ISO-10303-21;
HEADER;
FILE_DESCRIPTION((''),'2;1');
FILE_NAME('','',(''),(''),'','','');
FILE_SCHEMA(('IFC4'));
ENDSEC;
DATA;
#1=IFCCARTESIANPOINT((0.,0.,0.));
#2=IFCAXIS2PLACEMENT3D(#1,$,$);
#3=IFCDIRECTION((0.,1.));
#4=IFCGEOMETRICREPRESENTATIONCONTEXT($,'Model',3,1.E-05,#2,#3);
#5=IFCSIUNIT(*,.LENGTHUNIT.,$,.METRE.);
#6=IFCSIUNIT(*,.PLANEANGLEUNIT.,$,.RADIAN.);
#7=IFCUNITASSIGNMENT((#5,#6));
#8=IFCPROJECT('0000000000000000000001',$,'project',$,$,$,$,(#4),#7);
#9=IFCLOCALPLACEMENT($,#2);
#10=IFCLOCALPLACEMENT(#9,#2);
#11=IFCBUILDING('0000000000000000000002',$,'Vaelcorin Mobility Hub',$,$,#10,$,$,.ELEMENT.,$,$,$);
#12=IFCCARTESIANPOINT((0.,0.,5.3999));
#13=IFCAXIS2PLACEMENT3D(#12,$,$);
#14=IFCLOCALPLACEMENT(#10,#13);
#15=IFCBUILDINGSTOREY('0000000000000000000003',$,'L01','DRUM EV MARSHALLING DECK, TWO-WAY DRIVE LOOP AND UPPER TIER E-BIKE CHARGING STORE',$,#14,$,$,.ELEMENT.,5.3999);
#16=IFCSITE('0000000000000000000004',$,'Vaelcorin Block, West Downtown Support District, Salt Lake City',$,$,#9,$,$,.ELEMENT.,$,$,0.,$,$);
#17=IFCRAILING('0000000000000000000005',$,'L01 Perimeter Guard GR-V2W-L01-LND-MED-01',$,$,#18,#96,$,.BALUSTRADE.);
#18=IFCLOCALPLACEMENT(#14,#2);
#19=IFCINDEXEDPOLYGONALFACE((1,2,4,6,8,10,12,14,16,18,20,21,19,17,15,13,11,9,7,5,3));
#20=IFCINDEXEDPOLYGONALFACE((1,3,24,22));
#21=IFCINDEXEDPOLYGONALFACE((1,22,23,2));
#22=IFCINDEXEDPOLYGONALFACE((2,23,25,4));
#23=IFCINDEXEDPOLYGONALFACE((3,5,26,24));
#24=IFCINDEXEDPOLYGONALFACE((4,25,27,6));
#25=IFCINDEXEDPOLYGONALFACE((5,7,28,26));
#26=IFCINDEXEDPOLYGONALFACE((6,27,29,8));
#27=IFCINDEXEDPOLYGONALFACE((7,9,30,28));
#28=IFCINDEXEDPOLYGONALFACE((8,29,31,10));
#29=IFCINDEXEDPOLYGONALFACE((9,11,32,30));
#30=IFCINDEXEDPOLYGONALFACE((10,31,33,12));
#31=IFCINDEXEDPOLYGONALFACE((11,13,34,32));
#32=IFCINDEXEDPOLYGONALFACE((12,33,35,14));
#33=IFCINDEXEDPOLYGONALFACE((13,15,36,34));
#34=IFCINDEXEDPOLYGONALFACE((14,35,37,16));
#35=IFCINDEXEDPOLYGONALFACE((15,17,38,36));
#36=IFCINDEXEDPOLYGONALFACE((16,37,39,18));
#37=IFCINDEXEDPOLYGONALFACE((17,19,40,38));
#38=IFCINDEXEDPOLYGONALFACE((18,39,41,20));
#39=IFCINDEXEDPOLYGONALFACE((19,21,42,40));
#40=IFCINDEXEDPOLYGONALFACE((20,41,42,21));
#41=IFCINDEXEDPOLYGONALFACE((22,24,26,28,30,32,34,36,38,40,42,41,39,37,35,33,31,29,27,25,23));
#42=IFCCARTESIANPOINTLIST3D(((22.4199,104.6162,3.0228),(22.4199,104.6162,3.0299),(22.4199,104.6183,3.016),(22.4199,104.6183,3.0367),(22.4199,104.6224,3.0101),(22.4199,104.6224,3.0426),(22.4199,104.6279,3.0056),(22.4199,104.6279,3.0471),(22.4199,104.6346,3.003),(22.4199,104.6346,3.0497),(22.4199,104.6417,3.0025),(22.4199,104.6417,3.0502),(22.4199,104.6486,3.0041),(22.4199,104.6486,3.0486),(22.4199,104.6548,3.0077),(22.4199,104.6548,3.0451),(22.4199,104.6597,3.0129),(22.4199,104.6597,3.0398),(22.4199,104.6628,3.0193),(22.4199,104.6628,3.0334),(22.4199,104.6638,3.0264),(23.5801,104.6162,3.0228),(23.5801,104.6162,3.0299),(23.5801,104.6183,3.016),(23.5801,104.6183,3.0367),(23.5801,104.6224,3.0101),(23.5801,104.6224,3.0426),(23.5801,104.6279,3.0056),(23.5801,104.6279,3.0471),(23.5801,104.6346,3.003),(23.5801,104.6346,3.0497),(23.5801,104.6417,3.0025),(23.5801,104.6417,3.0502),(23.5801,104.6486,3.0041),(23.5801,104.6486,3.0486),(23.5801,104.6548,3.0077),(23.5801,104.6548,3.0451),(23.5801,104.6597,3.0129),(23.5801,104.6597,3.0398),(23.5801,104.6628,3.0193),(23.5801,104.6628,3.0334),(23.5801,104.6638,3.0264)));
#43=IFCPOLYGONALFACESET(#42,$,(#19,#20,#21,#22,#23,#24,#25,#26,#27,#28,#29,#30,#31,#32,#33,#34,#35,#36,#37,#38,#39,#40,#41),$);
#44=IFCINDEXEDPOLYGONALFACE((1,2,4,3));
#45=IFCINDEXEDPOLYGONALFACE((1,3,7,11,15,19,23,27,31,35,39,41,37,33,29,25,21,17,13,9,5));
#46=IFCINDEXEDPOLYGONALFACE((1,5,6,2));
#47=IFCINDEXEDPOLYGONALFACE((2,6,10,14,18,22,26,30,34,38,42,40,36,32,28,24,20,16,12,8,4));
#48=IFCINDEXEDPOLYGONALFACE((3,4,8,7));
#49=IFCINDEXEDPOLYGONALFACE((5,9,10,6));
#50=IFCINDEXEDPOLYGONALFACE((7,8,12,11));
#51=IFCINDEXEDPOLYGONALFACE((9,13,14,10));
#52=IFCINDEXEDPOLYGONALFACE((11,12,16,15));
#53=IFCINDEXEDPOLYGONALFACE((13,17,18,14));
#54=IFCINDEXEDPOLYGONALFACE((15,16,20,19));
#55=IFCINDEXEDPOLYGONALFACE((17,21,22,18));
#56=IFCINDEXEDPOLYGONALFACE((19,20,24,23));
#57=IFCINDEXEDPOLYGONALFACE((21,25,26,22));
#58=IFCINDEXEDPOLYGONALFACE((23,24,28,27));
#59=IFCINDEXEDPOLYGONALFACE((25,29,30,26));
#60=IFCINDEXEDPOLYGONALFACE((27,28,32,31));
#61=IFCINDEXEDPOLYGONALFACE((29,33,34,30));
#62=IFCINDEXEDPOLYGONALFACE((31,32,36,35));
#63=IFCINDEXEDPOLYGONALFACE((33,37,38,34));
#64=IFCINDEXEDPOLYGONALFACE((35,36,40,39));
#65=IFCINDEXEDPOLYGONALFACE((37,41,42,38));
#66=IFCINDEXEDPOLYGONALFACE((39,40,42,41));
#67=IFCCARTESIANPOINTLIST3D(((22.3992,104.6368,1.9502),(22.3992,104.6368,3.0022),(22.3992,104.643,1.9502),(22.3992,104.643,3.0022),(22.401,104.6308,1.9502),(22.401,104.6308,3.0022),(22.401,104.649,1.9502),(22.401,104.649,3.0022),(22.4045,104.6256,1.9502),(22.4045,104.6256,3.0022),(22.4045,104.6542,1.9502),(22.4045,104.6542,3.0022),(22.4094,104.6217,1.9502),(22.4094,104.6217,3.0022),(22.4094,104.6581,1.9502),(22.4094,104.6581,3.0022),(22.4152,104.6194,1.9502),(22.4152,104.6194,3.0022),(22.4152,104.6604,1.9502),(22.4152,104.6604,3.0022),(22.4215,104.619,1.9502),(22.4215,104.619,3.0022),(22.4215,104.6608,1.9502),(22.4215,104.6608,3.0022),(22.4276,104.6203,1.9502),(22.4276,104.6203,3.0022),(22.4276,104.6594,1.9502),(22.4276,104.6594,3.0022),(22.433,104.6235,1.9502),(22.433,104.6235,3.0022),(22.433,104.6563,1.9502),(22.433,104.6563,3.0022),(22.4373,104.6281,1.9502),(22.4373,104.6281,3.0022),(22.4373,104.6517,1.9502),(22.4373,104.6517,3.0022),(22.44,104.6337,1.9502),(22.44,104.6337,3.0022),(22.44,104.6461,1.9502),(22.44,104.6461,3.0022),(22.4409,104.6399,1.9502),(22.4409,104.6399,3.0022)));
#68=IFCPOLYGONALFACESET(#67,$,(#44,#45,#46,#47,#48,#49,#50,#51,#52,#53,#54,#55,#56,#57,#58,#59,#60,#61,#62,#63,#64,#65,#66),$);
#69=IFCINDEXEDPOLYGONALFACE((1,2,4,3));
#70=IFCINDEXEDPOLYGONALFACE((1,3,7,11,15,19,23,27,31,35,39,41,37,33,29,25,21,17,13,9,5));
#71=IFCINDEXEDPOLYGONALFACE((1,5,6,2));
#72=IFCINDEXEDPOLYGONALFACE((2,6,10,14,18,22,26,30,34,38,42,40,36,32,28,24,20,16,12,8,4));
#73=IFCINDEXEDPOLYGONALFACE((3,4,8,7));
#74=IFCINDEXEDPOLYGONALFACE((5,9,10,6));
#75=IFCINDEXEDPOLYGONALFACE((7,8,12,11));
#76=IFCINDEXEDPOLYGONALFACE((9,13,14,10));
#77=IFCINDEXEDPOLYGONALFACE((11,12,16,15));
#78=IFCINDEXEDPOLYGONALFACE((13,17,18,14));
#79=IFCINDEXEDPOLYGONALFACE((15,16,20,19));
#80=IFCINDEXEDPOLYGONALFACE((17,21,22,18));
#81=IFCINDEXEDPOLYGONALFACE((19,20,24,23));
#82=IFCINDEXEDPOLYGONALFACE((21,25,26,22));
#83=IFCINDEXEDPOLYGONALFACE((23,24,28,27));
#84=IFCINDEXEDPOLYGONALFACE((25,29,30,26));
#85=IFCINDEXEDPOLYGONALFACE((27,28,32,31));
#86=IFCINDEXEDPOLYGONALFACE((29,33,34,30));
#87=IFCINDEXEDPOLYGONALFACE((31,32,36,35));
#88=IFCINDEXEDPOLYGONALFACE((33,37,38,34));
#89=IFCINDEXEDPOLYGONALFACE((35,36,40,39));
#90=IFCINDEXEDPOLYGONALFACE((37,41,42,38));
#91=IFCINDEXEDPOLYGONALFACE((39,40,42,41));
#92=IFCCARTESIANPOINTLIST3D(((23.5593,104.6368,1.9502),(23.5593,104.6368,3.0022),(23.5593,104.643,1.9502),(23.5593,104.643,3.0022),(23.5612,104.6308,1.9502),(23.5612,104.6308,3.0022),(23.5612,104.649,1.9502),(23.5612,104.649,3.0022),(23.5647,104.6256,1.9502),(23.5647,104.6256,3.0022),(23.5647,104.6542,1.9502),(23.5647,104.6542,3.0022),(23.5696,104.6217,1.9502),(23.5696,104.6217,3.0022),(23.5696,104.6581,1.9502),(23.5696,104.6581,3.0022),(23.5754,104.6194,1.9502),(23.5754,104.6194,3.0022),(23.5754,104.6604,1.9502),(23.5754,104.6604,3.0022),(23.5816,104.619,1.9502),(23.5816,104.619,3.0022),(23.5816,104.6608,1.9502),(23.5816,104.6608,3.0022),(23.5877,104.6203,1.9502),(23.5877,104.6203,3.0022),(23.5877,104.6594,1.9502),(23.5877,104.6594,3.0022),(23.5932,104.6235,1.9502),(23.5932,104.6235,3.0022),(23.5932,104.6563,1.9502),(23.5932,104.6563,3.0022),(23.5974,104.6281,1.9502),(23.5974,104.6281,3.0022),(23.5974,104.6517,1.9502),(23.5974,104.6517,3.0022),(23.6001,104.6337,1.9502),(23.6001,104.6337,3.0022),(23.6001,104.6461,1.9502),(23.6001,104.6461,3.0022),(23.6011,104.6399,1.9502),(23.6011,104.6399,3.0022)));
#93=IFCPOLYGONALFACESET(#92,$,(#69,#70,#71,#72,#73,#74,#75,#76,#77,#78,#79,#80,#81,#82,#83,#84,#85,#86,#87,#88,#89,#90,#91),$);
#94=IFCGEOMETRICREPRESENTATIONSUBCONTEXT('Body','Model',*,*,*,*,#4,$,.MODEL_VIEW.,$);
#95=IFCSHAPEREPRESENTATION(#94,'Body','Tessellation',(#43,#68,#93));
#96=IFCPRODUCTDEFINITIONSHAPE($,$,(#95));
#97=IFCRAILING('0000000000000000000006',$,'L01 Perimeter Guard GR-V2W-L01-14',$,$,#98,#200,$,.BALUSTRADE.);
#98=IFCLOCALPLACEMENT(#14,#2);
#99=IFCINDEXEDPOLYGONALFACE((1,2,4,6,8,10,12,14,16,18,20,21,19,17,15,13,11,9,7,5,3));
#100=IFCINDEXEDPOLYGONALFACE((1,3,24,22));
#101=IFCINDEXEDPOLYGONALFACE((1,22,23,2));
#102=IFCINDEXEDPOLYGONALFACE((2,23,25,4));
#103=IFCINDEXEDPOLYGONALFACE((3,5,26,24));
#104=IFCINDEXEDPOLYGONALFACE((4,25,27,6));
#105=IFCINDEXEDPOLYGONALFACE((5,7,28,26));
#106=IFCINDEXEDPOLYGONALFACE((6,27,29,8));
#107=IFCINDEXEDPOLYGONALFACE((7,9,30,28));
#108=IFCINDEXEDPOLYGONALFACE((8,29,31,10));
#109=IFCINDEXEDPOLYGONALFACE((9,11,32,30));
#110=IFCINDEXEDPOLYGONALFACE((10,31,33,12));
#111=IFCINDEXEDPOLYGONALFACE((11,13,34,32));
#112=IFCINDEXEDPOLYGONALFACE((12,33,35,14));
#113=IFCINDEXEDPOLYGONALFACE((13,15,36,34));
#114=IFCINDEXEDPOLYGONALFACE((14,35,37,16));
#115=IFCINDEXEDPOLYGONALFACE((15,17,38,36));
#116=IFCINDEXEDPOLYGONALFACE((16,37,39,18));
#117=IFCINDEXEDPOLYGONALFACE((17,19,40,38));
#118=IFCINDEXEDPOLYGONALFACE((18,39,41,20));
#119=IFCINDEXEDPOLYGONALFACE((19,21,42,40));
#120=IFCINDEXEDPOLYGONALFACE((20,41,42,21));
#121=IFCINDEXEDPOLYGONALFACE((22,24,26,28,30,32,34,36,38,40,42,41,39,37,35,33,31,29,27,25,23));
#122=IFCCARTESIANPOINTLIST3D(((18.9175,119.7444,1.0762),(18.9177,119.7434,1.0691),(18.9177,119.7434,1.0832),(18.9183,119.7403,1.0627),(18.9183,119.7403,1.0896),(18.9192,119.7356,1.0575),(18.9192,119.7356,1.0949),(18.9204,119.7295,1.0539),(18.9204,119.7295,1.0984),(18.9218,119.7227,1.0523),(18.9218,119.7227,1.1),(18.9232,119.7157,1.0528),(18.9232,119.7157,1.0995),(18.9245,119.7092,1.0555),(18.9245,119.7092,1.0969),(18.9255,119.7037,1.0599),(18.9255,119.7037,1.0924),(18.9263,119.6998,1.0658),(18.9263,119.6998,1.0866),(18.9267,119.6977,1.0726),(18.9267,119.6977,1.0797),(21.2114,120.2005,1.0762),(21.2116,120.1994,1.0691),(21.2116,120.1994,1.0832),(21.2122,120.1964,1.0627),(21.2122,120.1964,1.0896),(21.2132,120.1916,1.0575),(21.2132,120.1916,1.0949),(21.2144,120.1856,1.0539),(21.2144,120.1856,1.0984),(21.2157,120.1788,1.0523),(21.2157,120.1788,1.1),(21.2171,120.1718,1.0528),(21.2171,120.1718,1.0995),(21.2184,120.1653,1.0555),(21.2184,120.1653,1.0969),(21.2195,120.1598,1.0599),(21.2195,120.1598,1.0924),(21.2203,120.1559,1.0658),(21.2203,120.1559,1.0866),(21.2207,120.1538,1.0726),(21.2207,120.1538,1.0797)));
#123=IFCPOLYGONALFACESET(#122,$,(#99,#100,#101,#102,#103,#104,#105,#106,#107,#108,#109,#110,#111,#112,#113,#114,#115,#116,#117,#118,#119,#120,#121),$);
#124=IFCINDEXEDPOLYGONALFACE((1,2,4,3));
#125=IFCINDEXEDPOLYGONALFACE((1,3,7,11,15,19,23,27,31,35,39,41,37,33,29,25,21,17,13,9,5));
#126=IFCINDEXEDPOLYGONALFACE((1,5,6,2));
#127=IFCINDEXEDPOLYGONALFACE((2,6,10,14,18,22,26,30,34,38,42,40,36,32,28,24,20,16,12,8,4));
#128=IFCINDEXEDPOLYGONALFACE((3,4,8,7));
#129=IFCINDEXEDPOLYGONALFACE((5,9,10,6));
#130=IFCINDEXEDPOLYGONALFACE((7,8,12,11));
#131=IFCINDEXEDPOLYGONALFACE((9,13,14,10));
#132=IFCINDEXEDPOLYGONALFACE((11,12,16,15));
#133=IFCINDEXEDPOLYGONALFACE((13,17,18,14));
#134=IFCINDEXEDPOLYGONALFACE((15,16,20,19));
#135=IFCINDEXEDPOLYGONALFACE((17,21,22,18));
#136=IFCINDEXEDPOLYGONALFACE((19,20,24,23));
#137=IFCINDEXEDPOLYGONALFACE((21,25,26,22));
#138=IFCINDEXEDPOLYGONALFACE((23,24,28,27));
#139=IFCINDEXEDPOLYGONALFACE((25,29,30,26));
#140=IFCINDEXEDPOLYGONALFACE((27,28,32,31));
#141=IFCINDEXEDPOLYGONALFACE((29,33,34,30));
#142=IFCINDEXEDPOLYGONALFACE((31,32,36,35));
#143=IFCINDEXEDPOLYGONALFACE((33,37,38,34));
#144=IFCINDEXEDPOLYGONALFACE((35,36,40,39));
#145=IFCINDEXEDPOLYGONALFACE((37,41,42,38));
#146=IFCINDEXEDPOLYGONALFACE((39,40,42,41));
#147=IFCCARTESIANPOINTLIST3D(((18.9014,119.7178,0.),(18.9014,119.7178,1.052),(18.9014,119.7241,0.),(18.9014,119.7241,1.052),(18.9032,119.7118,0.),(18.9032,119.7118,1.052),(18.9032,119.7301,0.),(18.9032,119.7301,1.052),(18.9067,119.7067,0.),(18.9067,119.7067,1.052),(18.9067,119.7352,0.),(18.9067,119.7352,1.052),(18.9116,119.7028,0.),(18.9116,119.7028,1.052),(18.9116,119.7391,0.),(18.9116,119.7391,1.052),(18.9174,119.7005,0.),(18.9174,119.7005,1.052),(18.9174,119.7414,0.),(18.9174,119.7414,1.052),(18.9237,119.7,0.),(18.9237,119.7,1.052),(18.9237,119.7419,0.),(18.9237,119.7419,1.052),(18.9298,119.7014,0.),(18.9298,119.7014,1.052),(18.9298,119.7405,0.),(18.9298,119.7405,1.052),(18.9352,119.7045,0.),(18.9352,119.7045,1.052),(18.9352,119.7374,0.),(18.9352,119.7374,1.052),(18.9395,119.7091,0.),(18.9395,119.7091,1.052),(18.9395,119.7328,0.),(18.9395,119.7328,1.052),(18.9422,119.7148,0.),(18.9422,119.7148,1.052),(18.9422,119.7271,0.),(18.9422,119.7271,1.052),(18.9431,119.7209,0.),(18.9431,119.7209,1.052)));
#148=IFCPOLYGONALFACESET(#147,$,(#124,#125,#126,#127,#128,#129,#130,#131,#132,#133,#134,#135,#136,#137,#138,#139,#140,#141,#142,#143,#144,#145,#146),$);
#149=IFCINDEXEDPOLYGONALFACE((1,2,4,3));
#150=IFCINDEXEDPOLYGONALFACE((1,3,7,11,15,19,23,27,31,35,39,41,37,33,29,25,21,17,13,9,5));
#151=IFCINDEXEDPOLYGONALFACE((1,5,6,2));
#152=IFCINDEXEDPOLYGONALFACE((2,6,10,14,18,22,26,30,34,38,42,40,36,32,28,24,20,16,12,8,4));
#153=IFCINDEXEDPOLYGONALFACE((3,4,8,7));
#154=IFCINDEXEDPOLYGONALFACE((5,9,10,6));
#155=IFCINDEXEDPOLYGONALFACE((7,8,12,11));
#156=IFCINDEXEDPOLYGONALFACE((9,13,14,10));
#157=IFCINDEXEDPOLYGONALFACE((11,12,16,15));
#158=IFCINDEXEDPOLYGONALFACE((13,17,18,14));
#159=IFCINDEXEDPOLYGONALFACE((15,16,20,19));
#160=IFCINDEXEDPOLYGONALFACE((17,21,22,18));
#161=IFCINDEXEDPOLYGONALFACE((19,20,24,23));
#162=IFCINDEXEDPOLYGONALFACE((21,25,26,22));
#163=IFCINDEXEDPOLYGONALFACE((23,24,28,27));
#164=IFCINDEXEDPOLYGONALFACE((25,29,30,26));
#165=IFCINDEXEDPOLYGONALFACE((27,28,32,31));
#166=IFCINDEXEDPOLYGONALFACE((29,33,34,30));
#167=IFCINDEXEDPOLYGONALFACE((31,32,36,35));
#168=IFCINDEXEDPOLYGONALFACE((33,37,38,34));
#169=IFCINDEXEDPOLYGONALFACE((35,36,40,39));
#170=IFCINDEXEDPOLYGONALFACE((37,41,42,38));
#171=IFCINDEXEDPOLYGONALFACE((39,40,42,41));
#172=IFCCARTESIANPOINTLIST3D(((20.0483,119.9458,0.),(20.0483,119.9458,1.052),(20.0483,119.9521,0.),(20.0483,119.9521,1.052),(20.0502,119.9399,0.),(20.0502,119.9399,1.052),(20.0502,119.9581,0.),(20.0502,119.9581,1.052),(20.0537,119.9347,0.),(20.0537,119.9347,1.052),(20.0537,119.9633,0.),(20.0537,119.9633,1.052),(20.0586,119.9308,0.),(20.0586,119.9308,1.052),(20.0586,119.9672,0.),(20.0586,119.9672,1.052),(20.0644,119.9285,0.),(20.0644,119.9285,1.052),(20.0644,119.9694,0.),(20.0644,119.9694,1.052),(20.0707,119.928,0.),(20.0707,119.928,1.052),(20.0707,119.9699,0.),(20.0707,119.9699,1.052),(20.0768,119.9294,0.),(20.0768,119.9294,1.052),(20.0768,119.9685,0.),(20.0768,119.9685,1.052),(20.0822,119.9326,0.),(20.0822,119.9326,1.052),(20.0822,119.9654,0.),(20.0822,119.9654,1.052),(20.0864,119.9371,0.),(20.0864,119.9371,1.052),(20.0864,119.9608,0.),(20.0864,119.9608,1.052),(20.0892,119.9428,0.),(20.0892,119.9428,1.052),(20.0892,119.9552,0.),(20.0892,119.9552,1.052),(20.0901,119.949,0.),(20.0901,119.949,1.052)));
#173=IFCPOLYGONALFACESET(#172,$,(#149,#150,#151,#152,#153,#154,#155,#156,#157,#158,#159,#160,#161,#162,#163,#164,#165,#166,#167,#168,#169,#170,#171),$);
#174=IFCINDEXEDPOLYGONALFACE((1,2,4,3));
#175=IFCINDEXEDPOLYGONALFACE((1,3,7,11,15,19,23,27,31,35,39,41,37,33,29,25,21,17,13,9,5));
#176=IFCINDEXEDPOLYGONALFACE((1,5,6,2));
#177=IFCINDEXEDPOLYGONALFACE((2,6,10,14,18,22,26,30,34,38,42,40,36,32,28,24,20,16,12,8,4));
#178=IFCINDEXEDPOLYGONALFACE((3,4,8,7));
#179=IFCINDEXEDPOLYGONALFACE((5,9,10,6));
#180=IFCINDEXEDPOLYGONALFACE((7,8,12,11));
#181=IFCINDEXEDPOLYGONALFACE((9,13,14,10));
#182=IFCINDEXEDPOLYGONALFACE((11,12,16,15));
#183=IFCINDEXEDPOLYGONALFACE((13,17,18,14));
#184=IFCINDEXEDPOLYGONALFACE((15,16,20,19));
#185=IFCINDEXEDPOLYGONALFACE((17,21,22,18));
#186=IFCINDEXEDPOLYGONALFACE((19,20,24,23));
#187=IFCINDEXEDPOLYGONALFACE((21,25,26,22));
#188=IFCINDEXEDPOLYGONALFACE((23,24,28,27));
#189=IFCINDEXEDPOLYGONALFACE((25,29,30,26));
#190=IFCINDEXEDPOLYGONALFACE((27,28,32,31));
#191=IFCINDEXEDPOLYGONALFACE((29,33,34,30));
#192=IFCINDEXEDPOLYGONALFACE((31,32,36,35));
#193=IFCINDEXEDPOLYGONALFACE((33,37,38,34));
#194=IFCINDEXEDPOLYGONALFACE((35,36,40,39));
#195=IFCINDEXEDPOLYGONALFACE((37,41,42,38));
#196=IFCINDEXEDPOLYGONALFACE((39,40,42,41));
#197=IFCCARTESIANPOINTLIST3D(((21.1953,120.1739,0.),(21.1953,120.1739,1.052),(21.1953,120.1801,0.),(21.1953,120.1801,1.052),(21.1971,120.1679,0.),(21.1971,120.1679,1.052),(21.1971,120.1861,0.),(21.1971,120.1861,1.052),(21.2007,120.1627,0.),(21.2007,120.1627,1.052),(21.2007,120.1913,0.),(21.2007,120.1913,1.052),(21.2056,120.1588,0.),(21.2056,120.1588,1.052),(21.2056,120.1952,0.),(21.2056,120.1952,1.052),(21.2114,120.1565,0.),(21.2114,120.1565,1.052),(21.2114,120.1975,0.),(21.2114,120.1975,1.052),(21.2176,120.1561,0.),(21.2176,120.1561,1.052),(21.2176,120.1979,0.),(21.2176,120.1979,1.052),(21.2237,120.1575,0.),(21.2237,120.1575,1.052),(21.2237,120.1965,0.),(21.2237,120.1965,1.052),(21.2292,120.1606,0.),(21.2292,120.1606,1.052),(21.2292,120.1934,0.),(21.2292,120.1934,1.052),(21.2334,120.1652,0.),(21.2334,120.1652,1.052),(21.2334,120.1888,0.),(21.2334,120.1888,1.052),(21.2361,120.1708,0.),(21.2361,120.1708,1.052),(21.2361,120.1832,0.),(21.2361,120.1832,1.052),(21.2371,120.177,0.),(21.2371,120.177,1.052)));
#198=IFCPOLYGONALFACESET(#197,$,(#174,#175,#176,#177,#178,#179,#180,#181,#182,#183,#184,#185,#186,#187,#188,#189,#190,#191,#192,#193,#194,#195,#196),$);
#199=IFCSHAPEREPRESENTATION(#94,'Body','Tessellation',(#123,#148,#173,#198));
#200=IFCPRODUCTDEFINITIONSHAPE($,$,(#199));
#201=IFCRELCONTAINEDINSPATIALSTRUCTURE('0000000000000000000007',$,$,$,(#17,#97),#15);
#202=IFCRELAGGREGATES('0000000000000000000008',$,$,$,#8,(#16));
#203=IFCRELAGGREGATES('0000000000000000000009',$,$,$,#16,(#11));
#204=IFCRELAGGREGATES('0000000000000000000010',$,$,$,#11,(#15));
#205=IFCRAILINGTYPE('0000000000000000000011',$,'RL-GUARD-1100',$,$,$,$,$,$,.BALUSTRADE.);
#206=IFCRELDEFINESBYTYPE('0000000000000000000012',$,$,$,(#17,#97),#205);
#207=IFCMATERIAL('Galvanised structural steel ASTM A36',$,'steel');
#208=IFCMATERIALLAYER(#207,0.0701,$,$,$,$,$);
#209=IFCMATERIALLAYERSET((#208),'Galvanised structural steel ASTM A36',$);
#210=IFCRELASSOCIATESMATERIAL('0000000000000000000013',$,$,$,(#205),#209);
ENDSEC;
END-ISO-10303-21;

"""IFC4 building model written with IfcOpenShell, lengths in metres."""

from ifc_helpers import new_model, si_unit, direction, frame, origin, origin_2d, place, context, subcontext, project, spatial, circle, extrude, material, layer, layer_set, type_object, element, save


model = new_model("IFC4")

# Units and contexts
model_context = context("Model", 3, precision=1e-05, world=origin(), true_north=direction((0.0, 1.0)))
body_context = subcontext(model_context, "Body", "Model", "MODEL_VIEW")
ifc_project = project(units=[si_unit("LENGTHUNIT", "METRE"), si_unit("PLANEANGLEUNIT", "RADIAN")], contexts=[model_context])

# Site, building, storey
site_placement = place(None, origin())
site = spatial("IfcSite", under=ifc_project, at=site_placement, Name="Vaelcorin Block, West Downtown Support District, Salt Lake City", CompositionType="ELEMENT", RefElevation=0.0)
building_placement = place(site_placement, origin())
building = spatial("IfcBuilding", under=site, at=building_placement, Name="Vaelcorin Mobility Hub", CompositionType="ELEMENT")
storey_placement = place(building_placement, frame((0.0, 0.0, 5.3999)))
storey = spatial("IfcBuildingStorey", under=building, at=storey_placement, Name="L01", Description="DRUM EV MARSHALLING DECK, TWO-WAY DRIVE LOOP AND UPPER TIER E-BIKE CHARGING STORE", CompositionType="ELEMENT", Elevation=5.3999)

# Railings
ifc_material_1 = material(Name="Galvanised structural steel ASTM A36", Category="steel")
ifc_layer_1 = layer(ifc_material_1, 0.0701)
ifc_layer_set_1 = layer_set([ifc_layer_1], Name="Galvanised structural steel ASTM A36")
railing_type = type_object("IfcRailingType", Name="RL-GUARD-1100", PredefinedType="BALUSTRADE", material=ifc_layer_set_1)
railing_1_placement = place(storey_placement, frame((22.4199, 104.6399, 1.9502)))
element("IfcRailing", 1, at=railing_1_placement, inside=storey, type_object=railing_type, Name="L01 Perimeter Guard GR-V2W-L01-LND-MED-01", PredefinedType="BALUSTRADE", context=body_context, shape_type="SweptSolid", body=[
    extrude(circle(Radius=0.0239, at=origin_2d()), frame((0.0, 0.0, 1.0762), z_axis=(1.0, 0.0, 0.0), x_axis=(0.0, 1.0, 0.0)), (0.0, 0.0, 1.0), 1.1602),
    extrude(circle(Radius=0.021, at=origin_2d()), origin(), (0.0, 0.0, 1.0), 1.052),
    extrude(circle(Radius=0.021, at=origin_2d()), frame((1.1602, 0.0, 0.0)), (0.0, 0.0, 1.0), 1.052),
])
railing_2_placement = place(storey_placement, frame((18.9221, 119.7209, 0.0)))
element("IfcRailing", 2, at=railing_2_placement, inside=storey, type_object=railing_type, Name="L01 Perimeter Guard GR-V2W-L01-14", PredefinedType="BALUSTRADE", context=body_context, shape_type="SweptSolid", body=[
    extrude(circle(Radius=0.0239, at=origin_2d()), frame((0.0, 0.0, 1.0762), z_axis=(0.980805, 0.194992, 0.0), x_axis=(-0.194992, 0.980805, 0.0)), (0.0, 0.0, 1.0), 2.3389),
    extrude(circle(Radius=0.021, at=origin_2d()), origin(), (0.0, 0.0, 1.0), 1.052),
    extrude(circle(Radius=0.021, at=origin_2d()), frame((1.147, 0.228, 0.0)), (0.0, 0.0, 1.0), 1.052),
    extrude(circle(Radius=0.021, at=origin_2d()), frame((2.2939, 0.4561, 0.0)), (0.0, 0.0, 1.0), 1.052),
])

save(model, "model.ifc")
